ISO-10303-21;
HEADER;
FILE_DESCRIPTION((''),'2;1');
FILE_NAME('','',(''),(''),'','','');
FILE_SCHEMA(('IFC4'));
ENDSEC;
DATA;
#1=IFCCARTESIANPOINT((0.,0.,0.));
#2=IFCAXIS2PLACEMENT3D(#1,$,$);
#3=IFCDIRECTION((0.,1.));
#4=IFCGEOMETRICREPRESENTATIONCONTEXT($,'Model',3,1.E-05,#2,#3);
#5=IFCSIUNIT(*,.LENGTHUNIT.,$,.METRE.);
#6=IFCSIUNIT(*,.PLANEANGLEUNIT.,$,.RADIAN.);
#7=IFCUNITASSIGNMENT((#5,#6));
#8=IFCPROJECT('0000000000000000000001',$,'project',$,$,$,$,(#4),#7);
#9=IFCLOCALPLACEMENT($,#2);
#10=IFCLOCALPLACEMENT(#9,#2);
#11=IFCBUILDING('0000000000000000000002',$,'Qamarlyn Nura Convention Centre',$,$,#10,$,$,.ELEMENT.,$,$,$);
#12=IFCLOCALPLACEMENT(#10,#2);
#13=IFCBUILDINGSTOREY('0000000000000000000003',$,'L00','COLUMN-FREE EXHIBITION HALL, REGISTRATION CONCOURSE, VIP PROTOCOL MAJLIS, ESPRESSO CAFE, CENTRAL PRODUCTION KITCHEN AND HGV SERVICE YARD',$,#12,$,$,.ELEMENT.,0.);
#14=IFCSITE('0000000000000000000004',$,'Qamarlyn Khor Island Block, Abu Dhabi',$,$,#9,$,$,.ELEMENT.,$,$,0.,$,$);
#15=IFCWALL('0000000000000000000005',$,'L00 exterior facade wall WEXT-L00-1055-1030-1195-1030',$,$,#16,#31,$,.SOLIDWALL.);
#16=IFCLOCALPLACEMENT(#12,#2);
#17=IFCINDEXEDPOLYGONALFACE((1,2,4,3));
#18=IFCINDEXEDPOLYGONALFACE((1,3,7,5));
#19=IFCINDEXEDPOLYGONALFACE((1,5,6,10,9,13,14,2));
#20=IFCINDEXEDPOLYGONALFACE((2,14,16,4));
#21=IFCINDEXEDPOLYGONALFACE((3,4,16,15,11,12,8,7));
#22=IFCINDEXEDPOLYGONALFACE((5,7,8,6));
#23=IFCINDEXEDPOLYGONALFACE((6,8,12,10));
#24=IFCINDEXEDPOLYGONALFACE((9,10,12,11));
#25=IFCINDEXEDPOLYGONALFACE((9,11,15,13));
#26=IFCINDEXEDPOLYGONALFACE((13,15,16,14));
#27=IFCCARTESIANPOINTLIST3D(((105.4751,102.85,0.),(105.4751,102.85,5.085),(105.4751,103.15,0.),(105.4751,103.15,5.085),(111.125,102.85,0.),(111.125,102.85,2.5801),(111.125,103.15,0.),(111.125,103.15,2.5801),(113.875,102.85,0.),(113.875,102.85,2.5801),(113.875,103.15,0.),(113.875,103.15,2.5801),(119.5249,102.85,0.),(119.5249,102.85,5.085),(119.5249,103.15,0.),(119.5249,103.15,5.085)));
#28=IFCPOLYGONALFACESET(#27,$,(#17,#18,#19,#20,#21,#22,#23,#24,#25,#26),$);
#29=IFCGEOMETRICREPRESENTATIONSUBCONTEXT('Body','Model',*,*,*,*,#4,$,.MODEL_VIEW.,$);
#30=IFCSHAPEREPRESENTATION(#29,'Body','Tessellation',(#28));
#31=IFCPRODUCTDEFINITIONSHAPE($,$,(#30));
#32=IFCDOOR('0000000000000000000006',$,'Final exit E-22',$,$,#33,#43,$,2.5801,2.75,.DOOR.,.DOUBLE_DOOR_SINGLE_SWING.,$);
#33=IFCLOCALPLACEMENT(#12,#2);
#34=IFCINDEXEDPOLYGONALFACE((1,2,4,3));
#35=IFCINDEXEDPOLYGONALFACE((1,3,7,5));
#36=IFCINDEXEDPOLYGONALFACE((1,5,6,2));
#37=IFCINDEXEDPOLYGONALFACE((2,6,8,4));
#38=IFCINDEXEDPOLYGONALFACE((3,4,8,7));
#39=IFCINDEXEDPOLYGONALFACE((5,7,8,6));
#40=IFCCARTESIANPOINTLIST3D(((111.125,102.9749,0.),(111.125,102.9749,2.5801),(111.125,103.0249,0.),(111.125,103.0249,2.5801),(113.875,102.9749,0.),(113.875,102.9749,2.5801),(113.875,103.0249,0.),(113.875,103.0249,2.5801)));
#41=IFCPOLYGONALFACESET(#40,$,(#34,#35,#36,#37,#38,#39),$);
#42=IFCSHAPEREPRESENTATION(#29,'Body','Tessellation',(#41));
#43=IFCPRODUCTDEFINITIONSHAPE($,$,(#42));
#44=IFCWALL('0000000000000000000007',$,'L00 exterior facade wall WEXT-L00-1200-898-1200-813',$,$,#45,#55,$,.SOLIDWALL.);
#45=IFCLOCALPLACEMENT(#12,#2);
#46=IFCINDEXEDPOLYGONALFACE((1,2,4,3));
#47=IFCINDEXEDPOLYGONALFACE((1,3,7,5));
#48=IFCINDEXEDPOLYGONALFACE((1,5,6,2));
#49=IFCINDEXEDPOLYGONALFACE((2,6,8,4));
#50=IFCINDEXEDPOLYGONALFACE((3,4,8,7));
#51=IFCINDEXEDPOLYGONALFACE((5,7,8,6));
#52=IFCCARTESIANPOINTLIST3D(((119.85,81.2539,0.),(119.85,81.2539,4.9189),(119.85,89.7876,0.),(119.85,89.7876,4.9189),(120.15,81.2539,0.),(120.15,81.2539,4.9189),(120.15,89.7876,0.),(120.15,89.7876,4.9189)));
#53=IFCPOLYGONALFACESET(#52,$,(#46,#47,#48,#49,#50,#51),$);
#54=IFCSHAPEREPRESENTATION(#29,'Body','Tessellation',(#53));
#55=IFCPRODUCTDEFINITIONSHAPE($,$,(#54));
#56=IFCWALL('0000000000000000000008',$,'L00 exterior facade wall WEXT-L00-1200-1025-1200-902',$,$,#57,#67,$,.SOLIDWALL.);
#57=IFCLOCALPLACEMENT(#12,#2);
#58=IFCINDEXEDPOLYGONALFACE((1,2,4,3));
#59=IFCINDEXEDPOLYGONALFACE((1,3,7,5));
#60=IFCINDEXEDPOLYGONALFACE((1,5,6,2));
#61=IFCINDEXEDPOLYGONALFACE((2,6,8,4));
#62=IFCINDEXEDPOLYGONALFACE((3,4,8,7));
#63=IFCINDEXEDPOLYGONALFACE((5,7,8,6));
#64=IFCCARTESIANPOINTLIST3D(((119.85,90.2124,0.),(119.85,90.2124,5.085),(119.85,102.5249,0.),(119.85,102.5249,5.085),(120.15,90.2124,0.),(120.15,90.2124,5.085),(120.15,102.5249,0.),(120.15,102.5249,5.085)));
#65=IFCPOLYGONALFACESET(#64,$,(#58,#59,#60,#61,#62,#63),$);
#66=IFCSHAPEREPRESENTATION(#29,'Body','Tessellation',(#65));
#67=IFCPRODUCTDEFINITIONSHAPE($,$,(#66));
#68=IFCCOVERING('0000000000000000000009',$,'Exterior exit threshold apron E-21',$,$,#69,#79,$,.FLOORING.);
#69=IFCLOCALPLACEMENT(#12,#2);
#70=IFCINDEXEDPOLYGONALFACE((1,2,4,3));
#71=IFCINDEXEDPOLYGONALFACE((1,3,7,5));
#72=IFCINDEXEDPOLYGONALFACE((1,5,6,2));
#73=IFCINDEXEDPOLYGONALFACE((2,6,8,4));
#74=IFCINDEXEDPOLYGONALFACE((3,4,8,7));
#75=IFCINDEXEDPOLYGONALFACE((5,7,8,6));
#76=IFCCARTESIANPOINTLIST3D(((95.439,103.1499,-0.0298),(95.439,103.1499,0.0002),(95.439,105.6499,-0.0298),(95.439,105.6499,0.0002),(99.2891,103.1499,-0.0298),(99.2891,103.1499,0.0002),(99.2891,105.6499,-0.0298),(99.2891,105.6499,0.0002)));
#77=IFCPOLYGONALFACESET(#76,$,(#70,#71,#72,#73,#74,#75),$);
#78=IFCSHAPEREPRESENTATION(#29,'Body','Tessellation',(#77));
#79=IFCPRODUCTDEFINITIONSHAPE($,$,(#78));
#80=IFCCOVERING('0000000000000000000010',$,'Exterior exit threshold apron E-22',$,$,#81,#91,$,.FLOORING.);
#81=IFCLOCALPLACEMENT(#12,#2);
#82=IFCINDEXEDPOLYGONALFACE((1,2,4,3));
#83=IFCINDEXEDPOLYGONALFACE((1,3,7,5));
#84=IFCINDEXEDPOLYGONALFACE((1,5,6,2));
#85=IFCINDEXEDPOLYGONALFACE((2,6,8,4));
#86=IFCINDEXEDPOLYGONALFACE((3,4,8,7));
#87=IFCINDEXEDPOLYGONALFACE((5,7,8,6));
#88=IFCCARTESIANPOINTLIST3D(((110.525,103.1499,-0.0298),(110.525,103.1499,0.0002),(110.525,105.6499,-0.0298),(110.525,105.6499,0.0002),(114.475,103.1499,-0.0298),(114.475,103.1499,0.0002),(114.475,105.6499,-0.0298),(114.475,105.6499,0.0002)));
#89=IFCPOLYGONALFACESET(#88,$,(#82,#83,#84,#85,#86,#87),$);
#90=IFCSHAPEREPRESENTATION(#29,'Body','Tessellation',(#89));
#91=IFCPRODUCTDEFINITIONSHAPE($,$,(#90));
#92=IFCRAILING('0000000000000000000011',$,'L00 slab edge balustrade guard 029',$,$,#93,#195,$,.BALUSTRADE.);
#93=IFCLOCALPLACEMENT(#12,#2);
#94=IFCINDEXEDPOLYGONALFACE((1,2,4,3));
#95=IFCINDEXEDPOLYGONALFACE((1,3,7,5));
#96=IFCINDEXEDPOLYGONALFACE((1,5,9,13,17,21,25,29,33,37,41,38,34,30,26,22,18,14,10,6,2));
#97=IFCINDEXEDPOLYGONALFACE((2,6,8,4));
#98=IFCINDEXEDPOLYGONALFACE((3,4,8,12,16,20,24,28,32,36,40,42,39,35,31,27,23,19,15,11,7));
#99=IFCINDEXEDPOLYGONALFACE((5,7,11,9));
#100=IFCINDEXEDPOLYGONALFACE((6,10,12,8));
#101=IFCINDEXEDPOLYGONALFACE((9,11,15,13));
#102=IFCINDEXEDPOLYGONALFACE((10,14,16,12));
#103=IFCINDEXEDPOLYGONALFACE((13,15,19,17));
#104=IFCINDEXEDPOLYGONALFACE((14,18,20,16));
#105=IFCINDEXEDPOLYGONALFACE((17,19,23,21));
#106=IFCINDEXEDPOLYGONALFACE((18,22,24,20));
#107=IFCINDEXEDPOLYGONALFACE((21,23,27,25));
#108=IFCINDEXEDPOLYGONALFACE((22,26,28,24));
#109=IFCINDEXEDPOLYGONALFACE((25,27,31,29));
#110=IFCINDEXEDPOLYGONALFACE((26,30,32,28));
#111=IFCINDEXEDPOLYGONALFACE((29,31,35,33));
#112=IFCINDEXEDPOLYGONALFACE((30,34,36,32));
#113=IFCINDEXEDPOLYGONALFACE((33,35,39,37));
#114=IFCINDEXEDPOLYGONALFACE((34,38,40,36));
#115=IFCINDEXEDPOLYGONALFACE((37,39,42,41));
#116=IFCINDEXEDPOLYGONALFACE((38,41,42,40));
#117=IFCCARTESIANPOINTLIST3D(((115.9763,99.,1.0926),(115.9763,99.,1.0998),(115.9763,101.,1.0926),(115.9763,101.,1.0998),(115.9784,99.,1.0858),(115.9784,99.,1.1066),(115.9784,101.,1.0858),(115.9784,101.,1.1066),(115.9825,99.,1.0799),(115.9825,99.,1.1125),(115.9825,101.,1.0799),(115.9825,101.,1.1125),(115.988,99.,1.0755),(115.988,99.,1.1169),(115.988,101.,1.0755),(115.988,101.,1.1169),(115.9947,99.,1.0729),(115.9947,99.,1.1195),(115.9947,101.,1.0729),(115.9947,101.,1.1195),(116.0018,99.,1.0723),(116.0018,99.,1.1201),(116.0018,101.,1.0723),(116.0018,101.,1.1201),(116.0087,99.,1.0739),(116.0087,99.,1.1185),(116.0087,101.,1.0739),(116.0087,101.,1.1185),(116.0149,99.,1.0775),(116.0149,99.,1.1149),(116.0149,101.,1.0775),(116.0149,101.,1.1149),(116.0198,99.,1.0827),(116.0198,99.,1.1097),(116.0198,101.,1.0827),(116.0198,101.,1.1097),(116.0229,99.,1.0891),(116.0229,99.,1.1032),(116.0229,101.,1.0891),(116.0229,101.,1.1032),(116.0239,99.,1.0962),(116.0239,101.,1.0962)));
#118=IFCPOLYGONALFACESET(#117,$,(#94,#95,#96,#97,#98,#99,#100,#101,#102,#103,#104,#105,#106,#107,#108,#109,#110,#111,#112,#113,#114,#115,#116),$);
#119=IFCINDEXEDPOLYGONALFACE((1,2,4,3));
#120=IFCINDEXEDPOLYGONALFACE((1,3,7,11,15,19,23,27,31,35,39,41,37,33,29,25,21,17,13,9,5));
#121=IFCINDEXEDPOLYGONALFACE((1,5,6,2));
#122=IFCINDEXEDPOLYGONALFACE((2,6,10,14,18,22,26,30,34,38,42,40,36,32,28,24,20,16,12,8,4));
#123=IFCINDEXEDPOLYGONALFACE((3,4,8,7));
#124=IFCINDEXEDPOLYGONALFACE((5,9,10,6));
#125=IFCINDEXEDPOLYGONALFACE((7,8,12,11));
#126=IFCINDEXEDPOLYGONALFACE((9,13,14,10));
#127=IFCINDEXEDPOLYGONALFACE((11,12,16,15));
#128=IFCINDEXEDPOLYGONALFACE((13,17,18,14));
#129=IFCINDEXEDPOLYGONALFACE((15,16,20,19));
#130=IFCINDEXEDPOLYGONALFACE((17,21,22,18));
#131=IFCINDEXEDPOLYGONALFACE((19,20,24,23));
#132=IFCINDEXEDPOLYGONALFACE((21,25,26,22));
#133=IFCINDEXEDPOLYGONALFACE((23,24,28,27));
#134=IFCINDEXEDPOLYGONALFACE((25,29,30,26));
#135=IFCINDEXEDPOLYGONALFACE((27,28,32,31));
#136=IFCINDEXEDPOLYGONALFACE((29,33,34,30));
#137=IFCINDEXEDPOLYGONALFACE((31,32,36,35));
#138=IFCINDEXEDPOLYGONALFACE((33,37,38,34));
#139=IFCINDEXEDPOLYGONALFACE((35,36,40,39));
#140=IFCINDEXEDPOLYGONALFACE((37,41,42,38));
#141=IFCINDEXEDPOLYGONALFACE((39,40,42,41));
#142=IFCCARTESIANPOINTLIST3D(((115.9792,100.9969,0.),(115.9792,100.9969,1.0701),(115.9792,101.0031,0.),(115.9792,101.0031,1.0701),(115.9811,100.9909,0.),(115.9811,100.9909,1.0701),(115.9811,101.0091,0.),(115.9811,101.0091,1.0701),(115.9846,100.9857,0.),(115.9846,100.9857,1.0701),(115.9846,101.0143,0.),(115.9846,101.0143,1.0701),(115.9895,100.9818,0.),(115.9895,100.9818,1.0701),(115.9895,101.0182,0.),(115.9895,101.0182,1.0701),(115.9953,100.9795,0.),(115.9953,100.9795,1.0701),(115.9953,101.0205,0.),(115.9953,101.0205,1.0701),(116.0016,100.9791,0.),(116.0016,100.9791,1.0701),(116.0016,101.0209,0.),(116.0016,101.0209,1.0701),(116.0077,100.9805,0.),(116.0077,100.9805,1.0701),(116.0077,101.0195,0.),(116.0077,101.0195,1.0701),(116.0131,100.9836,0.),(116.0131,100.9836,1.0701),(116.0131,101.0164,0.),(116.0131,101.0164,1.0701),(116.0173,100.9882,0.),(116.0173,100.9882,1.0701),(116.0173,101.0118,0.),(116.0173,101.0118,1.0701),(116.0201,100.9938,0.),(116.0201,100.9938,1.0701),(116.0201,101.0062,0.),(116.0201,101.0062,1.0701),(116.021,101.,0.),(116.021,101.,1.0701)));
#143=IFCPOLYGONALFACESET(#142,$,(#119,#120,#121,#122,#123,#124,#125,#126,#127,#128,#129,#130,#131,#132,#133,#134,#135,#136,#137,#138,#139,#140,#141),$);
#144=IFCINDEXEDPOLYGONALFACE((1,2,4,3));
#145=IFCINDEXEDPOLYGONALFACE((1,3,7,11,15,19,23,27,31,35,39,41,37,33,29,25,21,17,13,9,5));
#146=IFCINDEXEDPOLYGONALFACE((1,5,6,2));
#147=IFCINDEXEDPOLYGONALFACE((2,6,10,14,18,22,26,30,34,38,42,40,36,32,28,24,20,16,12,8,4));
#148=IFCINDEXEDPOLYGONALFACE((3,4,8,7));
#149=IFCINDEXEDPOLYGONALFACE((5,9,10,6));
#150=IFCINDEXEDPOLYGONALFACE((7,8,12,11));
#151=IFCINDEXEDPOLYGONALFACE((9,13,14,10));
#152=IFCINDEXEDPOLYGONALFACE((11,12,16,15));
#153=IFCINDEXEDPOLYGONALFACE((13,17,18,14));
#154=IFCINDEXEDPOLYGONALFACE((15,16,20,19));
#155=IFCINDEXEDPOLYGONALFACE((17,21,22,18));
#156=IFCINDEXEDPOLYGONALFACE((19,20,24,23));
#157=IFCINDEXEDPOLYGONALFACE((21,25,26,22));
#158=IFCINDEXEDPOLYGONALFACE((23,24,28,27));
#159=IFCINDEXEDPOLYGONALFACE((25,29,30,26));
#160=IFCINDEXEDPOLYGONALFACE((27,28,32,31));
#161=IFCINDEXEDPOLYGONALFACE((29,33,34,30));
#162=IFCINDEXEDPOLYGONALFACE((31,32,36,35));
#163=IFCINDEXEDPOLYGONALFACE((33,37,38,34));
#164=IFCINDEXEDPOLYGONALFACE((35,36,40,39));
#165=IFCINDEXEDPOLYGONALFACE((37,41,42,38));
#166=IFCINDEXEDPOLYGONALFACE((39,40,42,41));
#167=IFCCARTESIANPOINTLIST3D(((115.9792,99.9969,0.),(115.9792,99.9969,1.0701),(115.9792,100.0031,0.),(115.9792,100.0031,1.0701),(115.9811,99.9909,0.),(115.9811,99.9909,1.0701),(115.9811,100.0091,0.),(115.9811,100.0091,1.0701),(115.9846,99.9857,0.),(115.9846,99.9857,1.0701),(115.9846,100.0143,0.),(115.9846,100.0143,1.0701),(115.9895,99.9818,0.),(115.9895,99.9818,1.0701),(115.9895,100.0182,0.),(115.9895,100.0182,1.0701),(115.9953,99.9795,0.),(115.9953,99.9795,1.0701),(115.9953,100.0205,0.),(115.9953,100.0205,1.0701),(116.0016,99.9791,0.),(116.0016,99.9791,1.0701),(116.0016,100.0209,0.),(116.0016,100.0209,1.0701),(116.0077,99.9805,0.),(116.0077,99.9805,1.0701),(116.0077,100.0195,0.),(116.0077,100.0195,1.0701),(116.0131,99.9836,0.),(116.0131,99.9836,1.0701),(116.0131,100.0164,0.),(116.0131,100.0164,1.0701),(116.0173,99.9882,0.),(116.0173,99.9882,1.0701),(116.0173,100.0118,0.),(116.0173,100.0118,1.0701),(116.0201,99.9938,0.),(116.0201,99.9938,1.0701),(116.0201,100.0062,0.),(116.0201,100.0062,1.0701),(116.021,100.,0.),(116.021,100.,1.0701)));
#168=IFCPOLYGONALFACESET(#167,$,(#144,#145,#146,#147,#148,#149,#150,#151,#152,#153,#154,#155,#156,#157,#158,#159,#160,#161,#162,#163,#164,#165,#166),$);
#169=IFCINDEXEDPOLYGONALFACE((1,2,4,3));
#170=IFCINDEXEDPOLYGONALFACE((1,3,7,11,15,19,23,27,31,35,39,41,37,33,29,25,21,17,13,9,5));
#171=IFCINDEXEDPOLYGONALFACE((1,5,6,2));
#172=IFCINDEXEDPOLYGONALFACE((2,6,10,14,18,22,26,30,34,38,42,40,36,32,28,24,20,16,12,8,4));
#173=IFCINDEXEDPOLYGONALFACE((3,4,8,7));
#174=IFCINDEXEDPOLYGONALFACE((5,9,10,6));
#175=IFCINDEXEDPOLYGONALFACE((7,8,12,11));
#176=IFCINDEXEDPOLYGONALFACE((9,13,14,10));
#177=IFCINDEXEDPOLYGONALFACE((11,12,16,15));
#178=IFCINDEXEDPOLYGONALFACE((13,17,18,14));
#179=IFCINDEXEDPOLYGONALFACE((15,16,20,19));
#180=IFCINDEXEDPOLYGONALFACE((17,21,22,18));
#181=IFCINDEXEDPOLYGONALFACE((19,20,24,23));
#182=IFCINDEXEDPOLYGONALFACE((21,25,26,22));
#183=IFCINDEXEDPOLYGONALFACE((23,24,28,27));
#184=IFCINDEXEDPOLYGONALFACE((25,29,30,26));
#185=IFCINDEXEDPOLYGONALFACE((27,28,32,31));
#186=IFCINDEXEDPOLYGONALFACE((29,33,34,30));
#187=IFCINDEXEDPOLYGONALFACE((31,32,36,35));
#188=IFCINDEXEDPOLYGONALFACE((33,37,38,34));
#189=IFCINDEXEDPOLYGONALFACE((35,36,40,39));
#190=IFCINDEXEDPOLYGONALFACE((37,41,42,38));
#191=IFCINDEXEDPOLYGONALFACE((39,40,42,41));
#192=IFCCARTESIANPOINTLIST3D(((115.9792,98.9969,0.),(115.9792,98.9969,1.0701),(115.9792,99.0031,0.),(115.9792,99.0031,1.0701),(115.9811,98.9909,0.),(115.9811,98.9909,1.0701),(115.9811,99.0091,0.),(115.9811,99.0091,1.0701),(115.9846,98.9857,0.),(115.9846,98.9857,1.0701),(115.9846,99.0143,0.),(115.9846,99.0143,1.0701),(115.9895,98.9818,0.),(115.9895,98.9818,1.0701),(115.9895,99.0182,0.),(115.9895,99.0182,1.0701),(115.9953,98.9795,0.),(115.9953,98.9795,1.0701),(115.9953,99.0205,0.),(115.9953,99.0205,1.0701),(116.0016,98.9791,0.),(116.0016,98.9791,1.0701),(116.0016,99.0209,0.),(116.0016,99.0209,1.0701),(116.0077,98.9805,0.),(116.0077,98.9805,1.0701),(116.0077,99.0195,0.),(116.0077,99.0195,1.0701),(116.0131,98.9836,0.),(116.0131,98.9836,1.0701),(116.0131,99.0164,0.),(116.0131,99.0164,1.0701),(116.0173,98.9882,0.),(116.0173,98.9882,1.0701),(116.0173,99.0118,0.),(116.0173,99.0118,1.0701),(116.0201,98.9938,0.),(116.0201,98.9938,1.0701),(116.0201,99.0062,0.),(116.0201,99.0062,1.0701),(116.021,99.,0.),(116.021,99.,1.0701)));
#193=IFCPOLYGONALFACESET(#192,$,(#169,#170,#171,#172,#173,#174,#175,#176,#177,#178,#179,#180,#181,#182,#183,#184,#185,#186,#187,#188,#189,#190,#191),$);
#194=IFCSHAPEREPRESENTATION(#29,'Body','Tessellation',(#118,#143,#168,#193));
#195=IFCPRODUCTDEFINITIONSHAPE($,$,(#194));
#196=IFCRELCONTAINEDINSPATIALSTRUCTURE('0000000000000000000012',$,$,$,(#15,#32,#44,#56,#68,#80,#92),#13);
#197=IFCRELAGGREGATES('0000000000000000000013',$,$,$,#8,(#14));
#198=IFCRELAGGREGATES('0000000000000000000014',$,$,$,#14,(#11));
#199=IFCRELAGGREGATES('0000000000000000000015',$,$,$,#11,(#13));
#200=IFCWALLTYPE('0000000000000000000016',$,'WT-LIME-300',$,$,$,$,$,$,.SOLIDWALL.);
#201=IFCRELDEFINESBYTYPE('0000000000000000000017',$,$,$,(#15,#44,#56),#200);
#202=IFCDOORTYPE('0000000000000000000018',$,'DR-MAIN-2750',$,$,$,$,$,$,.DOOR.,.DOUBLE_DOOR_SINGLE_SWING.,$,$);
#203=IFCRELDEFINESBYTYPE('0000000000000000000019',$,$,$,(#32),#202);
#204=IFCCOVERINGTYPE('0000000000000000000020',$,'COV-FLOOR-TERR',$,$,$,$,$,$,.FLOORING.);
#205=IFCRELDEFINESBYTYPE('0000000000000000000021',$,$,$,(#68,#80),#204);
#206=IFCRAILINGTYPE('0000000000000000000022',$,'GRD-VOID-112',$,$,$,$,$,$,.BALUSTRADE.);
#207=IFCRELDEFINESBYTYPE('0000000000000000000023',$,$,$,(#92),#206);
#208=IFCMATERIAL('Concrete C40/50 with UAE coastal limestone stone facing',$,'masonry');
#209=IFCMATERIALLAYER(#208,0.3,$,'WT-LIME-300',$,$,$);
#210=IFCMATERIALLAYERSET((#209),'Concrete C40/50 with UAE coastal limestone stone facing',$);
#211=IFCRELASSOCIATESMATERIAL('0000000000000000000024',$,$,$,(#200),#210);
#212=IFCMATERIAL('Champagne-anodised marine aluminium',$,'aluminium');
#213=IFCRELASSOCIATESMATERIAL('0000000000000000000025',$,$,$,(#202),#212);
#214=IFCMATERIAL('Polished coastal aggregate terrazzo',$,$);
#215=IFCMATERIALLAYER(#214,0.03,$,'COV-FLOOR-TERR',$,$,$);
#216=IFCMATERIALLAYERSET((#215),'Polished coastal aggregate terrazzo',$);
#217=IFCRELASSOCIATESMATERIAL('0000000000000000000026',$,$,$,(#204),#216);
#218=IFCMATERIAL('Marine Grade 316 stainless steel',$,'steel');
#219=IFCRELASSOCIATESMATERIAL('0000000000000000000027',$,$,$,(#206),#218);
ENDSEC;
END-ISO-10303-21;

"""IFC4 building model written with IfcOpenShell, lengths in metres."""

from ifc_helpers import new_model, si_unit, direction, frame, frame_2d, origin, origin_2d, place, context, subcontext, project, spatial, rectangle, circle, extrude, material, layer, layer_set, type_object, element, fill, save


model = new_model("IFC4")

# Units and contexts
model_context = context("Model", 3, precision=1e-05, world=origin(), true_north=direction((0.0, 1.0)))
body_context = subcontext(model_context, "Body", "Model", "MODEL_VIEW")
ifc_project = project(units=[si_unit("LENGTHUNIT", "METRE"), si_unit("PLANEANGLEUNIT", "RADIAN")], contexts=[model_context])

# Site, building, storey
site_placement = place(None, origin())
site = spatial("IfcSite", under=ifc_project, at=site_placement, Name="Qamarlyn Khor Island Block, Abu Dhabi", CompositionType="ELEMENT", RefElevation=0.0)
building_placement = place(site_placement, origin())
building = spatial("IfcBuilding", under=site, at=building_placement, Name="Qamarlyn Nura Convention Centre", CompositionType="ELEMENT")
storey_placement = place(building_placement, origin())
storey = spatial("IfcBuildingStorey", under=building, at=storey_placement, Name="L00", Description="COLUMN-FREE EXHIBITION HALL, REGISTRATION CONCOURSE, VIP PROTOCOL MAJLIS, ESPRESSO CAFE, CENTRAL PRODUCTION KITCHEN AND HGV SERVICE YARD", CompositionType="ELEMENT", Elevation=0.0)

# Wall, opening, door
ifc_material_1 = material(Name="Concrete C40/50 with UAE coastal limestone stone facing", Category="masonry")
ifc_layer_1 = layer(ifc_material_1, 0.3, Name="WT-LIME-300")
ifc_layer_set_1 = layer_set([ifc_layer_1], Name="Concrete C40/50 with UAE coastal limestone stone facing")
wall_type = type_object("IfcWallType", Name="WT-LIME-300", PredefinedType="SOLIDWALL", material=ifc_layer_set_1)
wall_1_placement = place(storey_placement, frame((105.4751, 103.0, 0.0), z_axis=(0.0, 0.0, 1.0), x_axis=(1.0, 0.0, 0.0)))
wall_1 = element("IfcWall", 1, at=wall_1_placement, inside=storey, type_object=wall_type, Name="L00 exterior facade wall WEXT-L00-1055-1030-1195-1030", PredefinedType="SOLIDWALL", context=body_context, shape_type="SweptSolid", body=[
    extrude(rectangle(XDim=14.0498, YDim=0.3, at=frame_2d((7.0249, 0.0))), origin(), (0.0, 0.0, 1.0), 5.085),
])
opening_placement = place(wall_1_placement, frame((5.6499, 0.0, 0.0)))
opening = element("IfcOpeningElement", 2, at=opening_placement, cuts=wall_1, PredefinedType="OPENING", context=body_context, shape_type="SweptSolid", body=[
    extrude(rectangle(XDim=2.75, YDim=2.5801, at=frame_2d((1.375, 1.29))), frame((0.0, 0.1602, 0.0), z_axis=(0.0, -1.0, 0.0), x_axis=(1.0, 0.0, 0.0)), (0.0, 0.0, 1.0), 0.3201),
])
ifc_material_2 = material(Name="Champagne-anodised marine aluminium", Category="aluminium")
door_type = type_object("IfcDoorType", Name="DR-MAIN-2750", OperationType="DOUBLE_DOOR_SINGLE_SWING", PredefinedType="DOOR", material=ifc_material_2)
door_placement = place(opening_placement, origin())
door = element("IfcDoor", 3, at=door_placement, inside=storey, type_object=door_type, Name="Final exit E-22", OperationType="DOUBLE_DOOR_SINGLE_SWING", OverallHeight=2.5801, OverallWidth=2.75, PredefinedType="DOOR", context=body_context, shape_type="SweptSolid", body=[
    extrude(rectangle(XDim=2.75, YDim=2.5801, at=frame_2d((1.375, 1.29))), frame((0.0, 0.0249, 0.0), z_axis=(0.0, -1.0, 0.0), x_axis=(1.0, 0.0, 0.0)), (0.0, 0.0, 1.0), 0.05),
])
fill(opening, door)

# Walls
wall_2_placement = place(storey_placement, frame((120.0, 89.7876, 0.0), z_axis=(0.0, 0.0, 1.0), x_axis=(0.0, -1.0, 0.0)))
element("IfcWall", 4, at=wall_2_placement, inside=storey, type_object=wall_type, Name="L00 exterior facade wall WEXT-L00-1200-898-1200-813", PredefinedType="SOLIDWALL", context=body_context, shape_type="SweptSolid", body=[
    extrude(rectangle(XDim=8.5337, YDim=0.3, at=frame_2d((4.2668, 0.0))), origin(), (0.0, 0.0, 1.0), 4.9189),
])
wall_3_placement = place(storey_placement, frame((120.0, 102.5249, 0.0), z_axis=(0.0, 0.0, 1.0), x_axis=(0.0, -1.0, 0.0)))
element("IfcWall", 5, at=wall_3_placement, inside=storey, type_object=wall_type, Name="L00 exterior facade wall WEXT-L00-1200-1025-1200-902", PredefinedType="SOLIDWALL", context=body_context, shape_type="SweptSolid", body=[
    extrude(rectangle(XDim=12.3125, YDim=0.3, at=frame_2d((6.1562, 0.0))), origin(), (0.0, 0.0, 1.0), 5.085),
])

# Coverings
ifc_material_3 = material(Name="Polished coastal aggregate terrazzo")
ifc_layer_2 = layer(ifc_material_3, 0.03, Name="COV-FLOOR-TERR")
ifc_layer_set_2 = layer_set([ifc_layer_2], Name="Polished coastal aggregate terrazzo")
covering_type = type_object("IfcCoveringType", Name="COV-FLOOR-TERR", PredefinedType="FLOORING", material=ifc_layer_set_2)
covering_1_placement = place(storey_placement, frame((97.364, 104.3999, -0.0298), z_axis=(0.0, 0.0, 1.0), x_axis=(1.0, 0.0, 0.0)))
element("IfcCovering", 6, at=covering_1_placement, inside=storey, type_object=covering_type, Name="Exterior exit threshold apron E-21", PredefinedType="FLOORING", context=body_context, shape_type="SweptSolid", body=[
    extrude(rectangle(XDim=3.8501, YDim=2.5, at=origin_2d()), origin(), (0.0, 0.0, 1.0), 0.03),
])
covering_2_placement = place(storey_placement, frame((112.5, 104.3999, -0.0298), z_axis=(0.0, 0.0, 1.0), x_axis=(1.0, 0.0, 0.0)))
element("IfcCovering", 7, at=covering_2_placement, inside=storey, type_object=covering_type, Name="Exterior exit threshold apron E-22", PredefinedType="FLOORING", context=body_context, shape_type="SweptSolid", body=[
    extrude(rectangle(XDim=3.95, YDim=2.5, at=origin_2d()), origin(), (0.0, 0.0, 1.0), 0.03),
])

# Railing
ifc_material_4 = material(Name="Marine Grade 316 stainless steel", Category="steel")
railing_type = type_object("IfcRailingType", Name="GRD-VOID-112", PredefinedType="BALUSTRADE", material=ifc_material_4)
railing_1_placement = place(storey_placement, frame((116.0, 101.0, 0.0)))
element("IfcRailing", 8, at=railing_1_placement, inside=storey, type_object=railing_type, Name="L00 slab edge balustrade guard 029", PredefinedType="BALUSTRADE", context=body_context, shape_type="SweptSolid", body=[
    extrude(circle(Radius=0.0239, at=origin_2d()), frame((0.0, 0.0, 1.0962), z_axis=(0.0, -1.0, 0.0), x_axis=(1.0, 0.0, 0.0)), (0.0, 0.0, 1.0), 2.0),
    extrude(circle(Radius=0.021, at=origin_2d()), origin(), (0.0, 0.0, 1.0), 1.0701),
    extrude(circle(Radius=0.021, at=origin_2d()), frame((0.0, -1.0, 0.0)), (0.0, 0.0, 1.0), 1.0701),
    extrude(circle(Radius=0.021, at=origin_2d()), frame((0.0, -2.0, 0.0)), (0.0, 0.0, 1.0), 1.0701),
])

save(model, "model.ifc")
